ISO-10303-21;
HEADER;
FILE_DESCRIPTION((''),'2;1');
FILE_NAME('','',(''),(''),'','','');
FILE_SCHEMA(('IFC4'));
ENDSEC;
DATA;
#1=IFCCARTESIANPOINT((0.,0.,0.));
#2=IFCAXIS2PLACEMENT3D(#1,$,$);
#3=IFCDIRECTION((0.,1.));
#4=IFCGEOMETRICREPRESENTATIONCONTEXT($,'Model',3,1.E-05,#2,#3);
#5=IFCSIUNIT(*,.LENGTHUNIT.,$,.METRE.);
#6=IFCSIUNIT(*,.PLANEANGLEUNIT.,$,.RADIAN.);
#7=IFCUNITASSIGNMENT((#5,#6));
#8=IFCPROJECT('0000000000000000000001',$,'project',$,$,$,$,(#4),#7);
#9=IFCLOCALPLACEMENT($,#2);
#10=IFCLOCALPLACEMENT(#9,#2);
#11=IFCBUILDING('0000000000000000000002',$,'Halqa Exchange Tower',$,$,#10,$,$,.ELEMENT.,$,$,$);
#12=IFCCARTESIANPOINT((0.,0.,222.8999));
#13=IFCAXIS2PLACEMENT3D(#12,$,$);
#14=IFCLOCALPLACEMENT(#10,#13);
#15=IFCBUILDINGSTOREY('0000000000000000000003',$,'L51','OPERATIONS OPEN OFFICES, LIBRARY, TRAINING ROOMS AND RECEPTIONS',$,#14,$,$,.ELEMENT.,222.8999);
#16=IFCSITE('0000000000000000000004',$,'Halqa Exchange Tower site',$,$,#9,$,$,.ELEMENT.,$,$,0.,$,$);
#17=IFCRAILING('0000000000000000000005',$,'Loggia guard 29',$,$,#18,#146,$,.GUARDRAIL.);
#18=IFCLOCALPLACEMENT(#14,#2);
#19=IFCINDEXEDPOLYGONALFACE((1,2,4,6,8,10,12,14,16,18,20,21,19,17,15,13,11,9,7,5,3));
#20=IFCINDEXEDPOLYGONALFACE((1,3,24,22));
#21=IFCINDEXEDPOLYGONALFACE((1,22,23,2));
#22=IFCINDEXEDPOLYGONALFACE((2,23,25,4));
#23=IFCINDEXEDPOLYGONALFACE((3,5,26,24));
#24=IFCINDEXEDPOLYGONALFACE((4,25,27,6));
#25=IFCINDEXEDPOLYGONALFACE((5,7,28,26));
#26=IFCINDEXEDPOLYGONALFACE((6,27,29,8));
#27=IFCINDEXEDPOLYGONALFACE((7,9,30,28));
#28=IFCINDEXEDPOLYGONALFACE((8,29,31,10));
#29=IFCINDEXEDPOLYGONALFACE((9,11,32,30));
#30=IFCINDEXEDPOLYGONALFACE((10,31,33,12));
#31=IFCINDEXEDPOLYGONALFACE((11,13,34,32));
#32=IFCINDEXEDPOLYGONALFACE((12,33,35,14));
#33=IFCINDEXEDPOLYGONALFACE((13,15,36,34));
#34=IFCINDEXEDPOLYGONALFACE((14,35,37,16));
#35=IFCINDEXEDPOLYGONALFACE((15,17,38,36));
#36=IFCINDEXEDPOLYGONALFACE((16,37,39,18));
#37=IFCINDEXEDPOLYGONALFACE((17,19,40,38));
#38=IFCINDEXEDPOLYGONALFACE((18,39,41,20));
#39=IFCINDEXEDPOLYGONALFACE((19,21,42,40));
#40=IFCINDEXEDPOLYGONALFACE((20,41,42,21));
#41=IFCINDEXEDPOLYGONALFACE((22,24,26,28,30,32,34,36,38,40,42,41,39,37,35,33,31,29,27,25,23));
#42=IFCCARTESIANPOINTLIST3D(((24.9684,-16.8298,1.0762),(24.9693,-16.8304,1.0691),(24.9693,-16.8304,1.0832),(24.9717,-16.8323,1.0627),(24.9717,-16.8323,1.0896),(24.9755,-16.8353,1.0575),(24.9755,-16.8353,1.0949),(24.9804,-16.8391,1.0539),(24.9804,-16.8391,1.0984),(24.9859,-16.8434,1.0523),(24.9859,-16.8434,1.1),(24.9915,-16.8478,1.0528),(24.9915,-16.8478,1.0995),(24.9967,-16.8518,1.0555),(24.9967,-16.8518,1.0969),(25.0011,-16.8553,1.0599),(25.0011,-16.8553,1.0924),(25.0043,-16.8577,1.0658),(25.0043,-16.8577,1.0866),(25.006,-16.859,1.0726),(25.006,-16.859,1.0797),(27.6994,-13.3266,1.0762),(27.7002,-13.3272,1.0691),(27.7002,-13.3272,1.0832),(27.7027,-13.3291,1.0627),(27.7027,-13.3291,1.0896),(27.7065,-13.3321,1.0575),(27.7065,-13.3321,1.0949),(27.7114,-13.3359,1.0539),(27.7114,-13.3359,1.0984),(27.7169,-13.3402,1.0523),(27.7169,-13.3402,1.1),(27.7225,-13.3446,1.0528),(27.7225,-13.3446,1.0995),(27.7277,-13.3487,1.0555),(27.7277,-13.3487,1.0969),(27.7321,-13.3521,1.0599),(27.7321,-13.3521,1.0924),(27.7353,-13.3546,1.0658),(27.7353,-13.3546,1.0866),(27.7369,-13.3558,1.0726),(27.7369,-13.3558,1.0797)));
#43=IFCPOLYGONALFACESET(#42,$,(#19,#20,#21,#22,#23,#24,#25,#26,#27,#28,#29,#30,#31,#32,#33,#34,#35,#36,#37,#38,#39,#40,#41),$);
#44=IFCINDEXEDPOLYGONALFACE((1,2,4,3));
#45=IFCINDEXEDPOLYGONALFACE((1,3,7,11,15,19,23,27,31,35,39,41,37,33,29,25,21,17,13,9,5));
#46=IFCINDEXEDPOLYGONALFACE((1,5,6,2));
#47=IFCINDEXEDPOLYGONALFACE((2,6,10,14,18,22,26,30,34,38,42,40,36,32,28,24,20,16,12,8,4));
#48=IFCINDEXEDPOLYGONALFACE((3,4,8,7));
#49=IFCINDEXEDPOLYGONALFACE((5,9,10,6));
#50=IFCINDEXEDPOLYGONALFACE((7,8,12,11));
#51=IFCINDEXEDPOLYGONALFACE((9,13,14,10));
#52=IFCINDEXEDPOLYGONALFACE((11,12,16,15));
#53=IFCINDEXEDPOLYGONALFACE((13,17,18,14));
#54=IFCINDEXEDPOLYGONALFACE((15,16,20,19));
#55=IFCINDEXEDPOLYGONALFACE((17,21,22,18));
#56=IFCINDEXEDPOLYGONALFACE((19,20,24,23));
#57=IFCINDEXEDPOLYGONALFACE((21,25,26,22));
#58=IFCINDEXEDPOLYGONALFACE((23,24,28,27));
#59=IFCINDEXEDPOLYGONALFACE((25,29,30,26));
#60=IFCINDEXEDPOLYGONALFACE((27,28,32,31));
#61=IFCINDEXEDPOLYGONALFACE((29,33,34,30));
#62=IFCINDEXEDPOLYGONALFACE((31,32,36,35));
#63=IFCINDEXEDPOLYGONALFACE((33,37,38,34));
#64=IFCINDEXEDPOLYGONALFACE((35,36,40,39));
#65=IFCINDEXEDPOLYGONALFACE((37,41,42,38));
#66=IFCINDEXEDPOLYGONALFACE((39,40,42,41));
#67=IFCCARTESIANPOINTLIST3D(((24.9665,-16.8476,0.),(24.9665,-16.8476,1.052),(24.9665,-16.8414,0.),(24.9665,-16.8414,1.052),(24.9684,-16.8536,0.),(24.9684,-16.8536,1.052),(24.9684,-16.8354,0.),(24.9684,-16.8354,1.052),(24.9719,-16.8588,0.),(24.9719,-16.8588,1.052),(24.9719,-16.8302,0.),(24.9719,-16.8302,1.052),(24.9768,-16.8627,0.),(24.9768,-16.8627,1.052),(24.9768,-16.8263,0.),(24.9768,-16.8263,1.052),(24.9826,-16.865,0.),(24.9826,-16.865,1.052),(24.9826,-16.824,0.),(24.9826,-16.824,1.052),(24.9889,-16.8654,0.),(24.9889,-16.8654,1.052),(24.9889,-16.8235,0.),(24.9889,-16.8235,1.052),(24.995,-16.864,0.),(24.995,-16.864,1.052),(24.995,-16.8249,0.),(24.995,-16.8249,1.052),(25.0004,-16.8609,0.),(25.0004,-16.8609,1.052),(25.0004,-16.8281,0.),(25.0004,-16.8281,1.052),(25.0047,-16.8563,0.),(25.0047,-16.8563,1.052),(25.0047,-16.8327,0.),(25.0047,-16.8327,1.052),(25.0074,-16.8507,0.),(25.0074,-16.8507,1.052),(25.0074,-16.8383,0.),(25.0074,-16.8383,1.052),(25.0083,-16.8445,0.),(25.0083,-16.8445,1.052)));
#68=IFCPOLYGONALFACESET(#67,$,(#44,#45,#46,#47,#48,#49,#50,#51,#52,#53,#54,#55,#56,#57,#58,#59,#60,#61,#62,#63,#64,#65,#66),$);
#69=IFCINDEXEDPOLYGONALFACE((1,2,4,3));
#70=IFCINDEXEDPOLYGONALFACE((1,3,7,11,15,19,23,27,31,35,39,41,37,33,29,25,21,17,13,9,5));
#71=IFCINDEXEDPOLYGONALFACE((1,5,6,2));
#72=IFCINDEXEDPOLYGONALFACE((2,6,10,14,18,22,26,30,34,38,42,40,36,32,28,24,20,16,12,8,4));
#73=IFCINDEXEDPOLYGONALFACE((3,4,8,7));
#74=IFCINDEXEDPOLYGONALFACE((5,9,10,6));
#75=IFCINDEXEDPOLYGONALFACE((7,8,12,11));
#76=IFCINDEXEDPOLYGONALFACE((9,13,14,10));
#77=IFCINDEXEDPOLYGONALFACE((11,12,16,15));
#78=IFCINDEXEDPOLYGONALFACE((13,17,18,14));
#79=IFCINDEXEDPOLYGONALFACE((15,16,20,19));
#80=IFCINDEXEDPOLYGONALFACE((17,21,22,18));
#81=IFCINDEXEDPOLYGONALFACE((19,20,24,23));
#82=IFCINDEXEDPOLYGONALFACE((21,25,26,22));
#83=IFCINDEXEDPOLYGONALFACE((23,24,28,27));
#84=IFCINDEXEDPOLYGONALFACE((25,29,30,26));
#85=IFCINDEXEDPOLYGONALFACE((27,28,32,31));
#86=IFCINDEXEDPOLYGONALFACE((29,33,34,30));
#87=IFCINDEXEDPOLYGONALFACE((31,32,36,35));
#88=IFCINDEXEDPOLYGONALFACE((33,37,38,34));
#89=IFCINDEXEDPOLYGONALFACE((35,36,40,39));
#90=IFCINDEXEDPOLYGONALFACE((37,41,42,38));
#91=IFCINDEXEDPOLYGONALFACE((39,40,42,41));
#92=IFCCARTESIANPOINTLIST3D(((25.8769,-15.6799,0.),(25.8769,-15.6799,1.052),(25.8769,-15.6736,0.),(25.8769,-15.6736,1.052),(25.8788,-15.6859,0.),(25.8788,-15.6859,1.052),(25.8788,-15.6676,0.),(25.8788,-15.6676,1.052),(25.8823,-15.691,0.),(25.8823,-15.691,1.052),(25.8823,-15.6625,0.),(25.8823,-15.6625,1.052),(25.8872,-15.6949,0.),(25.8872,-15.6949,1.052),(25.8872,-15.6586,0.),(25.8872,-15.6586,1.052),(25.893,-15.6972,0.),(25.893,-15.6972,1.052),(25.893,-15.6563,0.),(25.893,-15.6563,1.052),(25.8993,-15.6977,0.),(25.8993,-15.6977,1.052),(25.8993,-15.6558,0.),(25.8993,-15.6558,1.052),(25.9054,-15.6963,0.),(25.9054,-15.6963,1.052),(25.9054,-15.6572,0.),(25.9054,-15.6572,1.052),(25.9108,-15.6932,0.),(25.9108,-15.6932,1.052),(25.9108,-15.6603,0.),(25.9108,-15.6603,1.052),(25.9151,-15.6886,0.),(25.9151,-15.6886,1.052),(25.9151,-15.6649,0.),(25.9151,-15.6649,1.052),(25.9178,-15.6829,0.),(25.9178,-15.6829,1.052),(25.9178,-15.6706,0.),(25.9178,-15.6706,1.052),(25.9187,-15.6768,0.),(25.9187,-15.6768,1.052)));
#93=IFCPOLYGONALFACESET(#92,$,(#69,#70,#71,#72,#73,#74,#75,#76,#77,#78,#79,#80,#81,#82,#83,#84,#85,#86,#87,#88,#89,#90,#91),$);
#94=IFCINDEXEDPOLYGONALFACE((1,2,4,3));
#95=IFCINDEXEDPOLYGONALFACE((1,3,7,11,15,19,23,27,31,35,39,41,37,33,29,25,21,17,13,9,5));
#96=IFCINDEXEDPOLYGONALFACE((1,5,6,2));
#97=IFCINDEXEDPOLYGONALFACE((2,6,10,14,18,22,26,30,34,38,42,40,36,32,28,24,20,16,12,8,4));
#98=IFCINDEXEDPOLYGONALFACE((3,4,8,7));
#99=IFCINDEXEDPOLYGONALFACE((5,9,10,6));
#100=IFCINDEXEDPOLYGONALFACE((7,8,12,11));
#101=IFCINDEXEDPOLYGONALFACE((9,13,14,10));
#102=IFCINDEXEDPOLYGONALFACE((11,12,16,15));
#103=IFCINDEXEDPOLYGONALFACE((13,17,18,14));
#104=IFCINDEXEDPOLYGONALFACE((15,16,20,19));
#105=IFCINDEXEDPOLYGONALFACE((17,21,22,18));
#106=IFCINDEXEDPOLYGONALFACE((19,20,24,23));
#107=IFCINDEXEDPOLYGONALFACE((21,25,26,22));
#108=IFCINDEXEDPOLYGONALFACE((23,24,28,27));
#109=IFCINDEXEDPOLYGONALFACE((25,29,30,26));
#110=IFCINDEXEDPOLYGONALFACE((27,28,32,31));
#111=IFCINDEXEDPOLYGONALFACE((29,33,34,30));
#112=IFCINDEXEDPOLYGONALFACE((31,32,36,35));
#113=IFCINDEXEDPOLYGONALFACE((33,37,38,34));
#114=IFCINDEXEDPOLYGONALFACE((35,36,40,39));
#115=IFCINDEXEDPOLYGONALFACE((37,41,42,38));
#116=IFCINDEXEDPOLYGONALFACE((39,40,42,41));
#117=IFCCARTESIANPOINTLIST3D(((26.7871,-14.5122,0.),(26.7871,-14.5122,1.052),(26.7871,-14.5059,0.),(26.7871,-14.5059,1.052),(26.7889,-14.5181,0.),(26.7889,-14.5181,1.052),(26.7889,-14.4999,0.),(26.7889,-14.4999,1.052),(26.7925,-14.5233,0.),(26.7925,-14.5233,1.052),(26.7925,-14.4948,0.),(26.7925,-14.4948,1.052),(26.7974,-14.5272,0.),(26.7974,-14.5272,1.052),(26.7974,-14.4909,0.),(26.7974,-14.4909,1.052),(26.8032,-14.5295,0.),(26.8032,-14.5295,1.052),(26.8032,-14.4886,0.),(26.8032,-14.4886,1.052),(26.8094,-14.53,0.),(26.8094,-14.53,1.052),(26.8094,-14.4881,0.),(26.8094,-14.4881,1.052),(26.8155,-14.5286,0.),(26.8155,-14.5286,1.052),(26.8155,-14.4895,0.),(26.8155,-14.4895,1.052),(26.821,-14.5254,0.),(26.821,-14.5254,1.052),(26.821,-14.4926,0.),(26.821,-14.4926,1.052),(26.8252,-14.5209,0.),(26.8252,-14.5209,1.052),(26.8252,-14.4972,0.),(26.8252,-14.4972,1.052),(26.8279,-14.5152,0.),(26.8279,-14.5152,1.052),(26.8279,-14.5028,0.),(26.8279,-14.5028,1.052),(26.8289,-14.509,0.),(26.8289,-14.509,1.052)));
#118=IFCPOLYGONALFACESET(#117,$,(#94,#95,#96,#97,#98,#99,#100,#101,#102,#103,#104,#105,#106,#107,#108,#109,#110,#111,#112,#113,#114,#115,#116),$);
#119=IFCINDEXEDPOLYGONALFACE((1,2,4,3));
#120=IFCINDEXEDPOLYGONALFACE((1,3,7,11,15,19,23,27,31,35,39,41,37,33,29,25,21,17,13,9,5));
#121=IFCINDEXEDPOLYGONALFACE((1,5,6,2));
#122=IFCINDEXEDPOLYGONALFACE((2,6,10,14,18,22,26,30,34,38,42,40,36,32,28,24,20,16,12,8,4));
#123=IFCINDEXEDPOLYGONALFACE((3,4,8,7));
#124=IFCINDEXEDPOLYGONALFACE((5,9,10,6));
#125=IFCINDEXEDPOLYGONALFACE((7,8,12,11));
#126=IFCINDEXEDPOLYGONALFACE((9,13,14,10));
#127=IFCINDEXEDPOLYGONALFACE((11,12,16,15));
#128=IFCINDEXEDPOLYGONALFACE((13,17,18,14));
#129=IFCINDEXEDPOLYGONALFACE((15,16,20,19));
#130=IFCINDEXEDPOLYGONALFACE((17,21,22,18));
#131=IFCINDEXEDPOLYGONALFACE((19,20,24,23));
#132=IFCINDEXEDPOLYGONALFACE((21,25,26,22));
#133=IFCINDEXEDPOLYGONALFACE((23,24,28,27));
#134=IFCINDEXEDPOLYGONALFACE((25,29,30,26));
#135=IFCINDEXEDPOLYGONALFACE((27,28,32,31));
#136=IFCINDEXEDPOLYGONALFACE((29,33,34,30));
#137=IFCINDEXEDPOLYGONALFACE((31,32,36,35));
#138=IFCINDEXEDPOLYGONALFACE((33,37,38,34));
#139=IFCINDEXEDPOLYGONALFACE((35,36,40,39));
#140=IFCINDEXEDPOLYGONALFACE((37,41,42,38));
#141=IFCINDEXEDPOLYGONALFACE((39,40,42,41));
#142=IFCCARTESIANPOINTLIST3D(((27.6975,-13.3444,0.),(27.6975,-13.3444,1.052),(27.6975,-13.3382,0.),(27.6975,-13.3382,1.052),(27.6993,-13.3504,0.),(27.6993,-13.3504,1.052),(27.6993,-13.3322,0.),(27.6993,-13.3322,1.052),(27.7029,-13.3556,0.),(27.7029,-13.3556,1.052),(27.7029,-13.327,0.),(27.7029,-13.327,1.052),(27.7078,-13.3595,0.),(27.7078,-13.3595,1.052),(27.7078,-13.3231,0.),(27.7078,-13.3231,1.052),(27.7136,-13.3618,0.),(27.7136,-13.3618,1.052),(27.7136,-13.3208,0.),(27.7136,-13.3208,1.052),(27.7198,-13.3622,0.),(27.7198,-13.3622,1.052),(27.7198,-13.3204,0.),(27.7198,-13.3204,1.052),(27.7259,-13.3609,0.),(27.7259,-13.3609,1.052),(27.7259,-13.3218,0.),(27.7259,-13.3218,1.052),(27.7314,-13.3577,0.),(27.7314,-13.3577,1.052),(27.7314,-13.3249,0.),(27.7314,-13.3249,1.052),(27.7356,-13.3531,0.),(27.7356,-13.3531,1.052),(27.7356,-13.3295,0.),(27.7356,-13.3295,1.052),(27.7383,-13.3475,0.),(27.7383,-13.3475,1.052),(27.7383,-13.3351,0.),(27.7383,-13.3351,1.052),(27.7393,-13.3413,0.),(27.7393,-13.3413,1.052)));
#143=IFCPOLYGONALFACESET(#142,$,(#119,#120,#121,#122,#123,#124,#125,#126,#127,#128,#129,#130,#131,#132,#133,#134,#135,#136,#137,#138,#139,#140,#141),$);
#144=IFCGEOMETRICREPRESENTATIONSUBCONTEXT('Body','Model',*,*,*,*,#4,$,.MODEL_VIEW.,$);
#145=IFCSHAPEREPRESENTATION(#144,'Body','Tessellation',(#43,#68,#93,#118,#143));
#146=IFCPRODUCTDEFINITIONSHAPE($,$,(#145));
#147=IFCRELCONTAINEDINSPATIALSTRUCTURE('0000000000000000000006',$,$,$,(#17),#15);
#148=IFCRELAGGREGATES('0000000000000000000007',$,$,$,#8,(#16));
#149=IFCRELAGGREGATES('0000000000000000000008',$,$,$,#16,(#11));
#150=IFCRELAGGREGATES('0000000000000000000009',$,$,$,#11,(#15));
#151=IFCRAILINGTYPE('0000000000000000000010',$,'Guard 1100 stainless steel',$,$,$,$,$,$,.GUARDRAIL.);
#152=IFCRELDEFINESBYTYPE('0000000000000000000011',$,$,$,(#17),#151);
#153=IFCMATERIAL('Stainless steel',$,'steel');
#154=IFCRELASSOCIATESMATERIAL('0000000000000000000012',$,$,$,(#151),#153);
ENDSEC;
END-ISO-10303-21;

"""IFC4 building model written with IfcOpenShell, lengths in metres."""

from ifc_helpers import new_model, si_unit, direction, frame, origin, origin_2d, place, context, subcontext, project, spatial, circle, extrude, material, type_object, element, save


model = new_model("IFC4")

# Units and contexts
model_context = context("Model", 3, precision=1e-05, world=origin(), true_north=direction((0.0, 1.0)))
body_context = subcontext(model_context, "Body", "Model", "MODEL_VIEW")
ifc_project = project(units=[si_unit("LENGTHUNIT", "METRE"), si_unit("PLANEANGLEUNIT", "RADIAN")], contexts=[model_context])

# Site, building, storey
site_placement = place(None, origin())
site = spatial("IfcSite", under=ifc_project, at=site_placement, Name="Halqa Exchange Tower site", CompositionType="ELEMENT", RefElevation=0.0)
building_placement = place(site_placement, origin())
building = spatial("IfcBuilding", under=site, at=building_placement, Name="Halqa Exchange Tower", CompositionType="ELEMENT")
storey_placement = place(building_placement, frame((0.0, 0.0, 222.8999)))
storey = spatial("IfcBuildingStorey", under=building, at=storey_placement, Name="L51", Description="OPERATIONS OPEN OFFICES, LIBRARY, TRAINING ROOMS AND RECEPTIONS", CompositionType="ELEMENT", Elevation=222.8999)

# Railing
ifc_material_1 = material(Name="Stainless steel", Category="steel")
railing_type = type_object("IfcRailingType", Name="Guard 1100 stainless steel", PredefinedType="GUARDRAIL", material=ifc_material_1)
railing_1_placement = place(storey_placement, frame((24.9873, -16.8445, 0.0)))
element("IfcRailing", 1, at=railing_1_placement, inside=storey, type_object=railing_type, Name="Loggia guard 29", PredefinedType="GUARDRAIL", context=body_context, shape_type="SweptSolid", body=[
    extrude(circle(Radius=0.0239, at=origin_2d()), frame((0.0, 0.0, 1.0762), z_axis=(0.614819, 0.788668, 0.0), x_axis=(-0.788668, 0.614819, 0.0)), (0.0, 0.0, 1.0), 4.4419),
    extrude(circle(Radius=0.021, at=origin_2d()), origin(), (0.0, 0.0, 1.0), 1.052),
    extrude(circle(Radius=0.021, at=origin_2d()), frame((0.9104, 1.1677, 0.0)), (0.0, 0.0, 1.0), 1.052),
    extrude(circle(Radius=0.021, at=origin_2d()), frame((1.8206, 2.3354, 0.0)), (0.0, 0.0, 1.0), 1.052),
    extrude(circle(Radius=0.021, at=origin_2d()), frame((2.731, 3.5032, 0.0)), (0.0, 0.0, 1.0), 1.052),
])

save(model, "model.ifc")
